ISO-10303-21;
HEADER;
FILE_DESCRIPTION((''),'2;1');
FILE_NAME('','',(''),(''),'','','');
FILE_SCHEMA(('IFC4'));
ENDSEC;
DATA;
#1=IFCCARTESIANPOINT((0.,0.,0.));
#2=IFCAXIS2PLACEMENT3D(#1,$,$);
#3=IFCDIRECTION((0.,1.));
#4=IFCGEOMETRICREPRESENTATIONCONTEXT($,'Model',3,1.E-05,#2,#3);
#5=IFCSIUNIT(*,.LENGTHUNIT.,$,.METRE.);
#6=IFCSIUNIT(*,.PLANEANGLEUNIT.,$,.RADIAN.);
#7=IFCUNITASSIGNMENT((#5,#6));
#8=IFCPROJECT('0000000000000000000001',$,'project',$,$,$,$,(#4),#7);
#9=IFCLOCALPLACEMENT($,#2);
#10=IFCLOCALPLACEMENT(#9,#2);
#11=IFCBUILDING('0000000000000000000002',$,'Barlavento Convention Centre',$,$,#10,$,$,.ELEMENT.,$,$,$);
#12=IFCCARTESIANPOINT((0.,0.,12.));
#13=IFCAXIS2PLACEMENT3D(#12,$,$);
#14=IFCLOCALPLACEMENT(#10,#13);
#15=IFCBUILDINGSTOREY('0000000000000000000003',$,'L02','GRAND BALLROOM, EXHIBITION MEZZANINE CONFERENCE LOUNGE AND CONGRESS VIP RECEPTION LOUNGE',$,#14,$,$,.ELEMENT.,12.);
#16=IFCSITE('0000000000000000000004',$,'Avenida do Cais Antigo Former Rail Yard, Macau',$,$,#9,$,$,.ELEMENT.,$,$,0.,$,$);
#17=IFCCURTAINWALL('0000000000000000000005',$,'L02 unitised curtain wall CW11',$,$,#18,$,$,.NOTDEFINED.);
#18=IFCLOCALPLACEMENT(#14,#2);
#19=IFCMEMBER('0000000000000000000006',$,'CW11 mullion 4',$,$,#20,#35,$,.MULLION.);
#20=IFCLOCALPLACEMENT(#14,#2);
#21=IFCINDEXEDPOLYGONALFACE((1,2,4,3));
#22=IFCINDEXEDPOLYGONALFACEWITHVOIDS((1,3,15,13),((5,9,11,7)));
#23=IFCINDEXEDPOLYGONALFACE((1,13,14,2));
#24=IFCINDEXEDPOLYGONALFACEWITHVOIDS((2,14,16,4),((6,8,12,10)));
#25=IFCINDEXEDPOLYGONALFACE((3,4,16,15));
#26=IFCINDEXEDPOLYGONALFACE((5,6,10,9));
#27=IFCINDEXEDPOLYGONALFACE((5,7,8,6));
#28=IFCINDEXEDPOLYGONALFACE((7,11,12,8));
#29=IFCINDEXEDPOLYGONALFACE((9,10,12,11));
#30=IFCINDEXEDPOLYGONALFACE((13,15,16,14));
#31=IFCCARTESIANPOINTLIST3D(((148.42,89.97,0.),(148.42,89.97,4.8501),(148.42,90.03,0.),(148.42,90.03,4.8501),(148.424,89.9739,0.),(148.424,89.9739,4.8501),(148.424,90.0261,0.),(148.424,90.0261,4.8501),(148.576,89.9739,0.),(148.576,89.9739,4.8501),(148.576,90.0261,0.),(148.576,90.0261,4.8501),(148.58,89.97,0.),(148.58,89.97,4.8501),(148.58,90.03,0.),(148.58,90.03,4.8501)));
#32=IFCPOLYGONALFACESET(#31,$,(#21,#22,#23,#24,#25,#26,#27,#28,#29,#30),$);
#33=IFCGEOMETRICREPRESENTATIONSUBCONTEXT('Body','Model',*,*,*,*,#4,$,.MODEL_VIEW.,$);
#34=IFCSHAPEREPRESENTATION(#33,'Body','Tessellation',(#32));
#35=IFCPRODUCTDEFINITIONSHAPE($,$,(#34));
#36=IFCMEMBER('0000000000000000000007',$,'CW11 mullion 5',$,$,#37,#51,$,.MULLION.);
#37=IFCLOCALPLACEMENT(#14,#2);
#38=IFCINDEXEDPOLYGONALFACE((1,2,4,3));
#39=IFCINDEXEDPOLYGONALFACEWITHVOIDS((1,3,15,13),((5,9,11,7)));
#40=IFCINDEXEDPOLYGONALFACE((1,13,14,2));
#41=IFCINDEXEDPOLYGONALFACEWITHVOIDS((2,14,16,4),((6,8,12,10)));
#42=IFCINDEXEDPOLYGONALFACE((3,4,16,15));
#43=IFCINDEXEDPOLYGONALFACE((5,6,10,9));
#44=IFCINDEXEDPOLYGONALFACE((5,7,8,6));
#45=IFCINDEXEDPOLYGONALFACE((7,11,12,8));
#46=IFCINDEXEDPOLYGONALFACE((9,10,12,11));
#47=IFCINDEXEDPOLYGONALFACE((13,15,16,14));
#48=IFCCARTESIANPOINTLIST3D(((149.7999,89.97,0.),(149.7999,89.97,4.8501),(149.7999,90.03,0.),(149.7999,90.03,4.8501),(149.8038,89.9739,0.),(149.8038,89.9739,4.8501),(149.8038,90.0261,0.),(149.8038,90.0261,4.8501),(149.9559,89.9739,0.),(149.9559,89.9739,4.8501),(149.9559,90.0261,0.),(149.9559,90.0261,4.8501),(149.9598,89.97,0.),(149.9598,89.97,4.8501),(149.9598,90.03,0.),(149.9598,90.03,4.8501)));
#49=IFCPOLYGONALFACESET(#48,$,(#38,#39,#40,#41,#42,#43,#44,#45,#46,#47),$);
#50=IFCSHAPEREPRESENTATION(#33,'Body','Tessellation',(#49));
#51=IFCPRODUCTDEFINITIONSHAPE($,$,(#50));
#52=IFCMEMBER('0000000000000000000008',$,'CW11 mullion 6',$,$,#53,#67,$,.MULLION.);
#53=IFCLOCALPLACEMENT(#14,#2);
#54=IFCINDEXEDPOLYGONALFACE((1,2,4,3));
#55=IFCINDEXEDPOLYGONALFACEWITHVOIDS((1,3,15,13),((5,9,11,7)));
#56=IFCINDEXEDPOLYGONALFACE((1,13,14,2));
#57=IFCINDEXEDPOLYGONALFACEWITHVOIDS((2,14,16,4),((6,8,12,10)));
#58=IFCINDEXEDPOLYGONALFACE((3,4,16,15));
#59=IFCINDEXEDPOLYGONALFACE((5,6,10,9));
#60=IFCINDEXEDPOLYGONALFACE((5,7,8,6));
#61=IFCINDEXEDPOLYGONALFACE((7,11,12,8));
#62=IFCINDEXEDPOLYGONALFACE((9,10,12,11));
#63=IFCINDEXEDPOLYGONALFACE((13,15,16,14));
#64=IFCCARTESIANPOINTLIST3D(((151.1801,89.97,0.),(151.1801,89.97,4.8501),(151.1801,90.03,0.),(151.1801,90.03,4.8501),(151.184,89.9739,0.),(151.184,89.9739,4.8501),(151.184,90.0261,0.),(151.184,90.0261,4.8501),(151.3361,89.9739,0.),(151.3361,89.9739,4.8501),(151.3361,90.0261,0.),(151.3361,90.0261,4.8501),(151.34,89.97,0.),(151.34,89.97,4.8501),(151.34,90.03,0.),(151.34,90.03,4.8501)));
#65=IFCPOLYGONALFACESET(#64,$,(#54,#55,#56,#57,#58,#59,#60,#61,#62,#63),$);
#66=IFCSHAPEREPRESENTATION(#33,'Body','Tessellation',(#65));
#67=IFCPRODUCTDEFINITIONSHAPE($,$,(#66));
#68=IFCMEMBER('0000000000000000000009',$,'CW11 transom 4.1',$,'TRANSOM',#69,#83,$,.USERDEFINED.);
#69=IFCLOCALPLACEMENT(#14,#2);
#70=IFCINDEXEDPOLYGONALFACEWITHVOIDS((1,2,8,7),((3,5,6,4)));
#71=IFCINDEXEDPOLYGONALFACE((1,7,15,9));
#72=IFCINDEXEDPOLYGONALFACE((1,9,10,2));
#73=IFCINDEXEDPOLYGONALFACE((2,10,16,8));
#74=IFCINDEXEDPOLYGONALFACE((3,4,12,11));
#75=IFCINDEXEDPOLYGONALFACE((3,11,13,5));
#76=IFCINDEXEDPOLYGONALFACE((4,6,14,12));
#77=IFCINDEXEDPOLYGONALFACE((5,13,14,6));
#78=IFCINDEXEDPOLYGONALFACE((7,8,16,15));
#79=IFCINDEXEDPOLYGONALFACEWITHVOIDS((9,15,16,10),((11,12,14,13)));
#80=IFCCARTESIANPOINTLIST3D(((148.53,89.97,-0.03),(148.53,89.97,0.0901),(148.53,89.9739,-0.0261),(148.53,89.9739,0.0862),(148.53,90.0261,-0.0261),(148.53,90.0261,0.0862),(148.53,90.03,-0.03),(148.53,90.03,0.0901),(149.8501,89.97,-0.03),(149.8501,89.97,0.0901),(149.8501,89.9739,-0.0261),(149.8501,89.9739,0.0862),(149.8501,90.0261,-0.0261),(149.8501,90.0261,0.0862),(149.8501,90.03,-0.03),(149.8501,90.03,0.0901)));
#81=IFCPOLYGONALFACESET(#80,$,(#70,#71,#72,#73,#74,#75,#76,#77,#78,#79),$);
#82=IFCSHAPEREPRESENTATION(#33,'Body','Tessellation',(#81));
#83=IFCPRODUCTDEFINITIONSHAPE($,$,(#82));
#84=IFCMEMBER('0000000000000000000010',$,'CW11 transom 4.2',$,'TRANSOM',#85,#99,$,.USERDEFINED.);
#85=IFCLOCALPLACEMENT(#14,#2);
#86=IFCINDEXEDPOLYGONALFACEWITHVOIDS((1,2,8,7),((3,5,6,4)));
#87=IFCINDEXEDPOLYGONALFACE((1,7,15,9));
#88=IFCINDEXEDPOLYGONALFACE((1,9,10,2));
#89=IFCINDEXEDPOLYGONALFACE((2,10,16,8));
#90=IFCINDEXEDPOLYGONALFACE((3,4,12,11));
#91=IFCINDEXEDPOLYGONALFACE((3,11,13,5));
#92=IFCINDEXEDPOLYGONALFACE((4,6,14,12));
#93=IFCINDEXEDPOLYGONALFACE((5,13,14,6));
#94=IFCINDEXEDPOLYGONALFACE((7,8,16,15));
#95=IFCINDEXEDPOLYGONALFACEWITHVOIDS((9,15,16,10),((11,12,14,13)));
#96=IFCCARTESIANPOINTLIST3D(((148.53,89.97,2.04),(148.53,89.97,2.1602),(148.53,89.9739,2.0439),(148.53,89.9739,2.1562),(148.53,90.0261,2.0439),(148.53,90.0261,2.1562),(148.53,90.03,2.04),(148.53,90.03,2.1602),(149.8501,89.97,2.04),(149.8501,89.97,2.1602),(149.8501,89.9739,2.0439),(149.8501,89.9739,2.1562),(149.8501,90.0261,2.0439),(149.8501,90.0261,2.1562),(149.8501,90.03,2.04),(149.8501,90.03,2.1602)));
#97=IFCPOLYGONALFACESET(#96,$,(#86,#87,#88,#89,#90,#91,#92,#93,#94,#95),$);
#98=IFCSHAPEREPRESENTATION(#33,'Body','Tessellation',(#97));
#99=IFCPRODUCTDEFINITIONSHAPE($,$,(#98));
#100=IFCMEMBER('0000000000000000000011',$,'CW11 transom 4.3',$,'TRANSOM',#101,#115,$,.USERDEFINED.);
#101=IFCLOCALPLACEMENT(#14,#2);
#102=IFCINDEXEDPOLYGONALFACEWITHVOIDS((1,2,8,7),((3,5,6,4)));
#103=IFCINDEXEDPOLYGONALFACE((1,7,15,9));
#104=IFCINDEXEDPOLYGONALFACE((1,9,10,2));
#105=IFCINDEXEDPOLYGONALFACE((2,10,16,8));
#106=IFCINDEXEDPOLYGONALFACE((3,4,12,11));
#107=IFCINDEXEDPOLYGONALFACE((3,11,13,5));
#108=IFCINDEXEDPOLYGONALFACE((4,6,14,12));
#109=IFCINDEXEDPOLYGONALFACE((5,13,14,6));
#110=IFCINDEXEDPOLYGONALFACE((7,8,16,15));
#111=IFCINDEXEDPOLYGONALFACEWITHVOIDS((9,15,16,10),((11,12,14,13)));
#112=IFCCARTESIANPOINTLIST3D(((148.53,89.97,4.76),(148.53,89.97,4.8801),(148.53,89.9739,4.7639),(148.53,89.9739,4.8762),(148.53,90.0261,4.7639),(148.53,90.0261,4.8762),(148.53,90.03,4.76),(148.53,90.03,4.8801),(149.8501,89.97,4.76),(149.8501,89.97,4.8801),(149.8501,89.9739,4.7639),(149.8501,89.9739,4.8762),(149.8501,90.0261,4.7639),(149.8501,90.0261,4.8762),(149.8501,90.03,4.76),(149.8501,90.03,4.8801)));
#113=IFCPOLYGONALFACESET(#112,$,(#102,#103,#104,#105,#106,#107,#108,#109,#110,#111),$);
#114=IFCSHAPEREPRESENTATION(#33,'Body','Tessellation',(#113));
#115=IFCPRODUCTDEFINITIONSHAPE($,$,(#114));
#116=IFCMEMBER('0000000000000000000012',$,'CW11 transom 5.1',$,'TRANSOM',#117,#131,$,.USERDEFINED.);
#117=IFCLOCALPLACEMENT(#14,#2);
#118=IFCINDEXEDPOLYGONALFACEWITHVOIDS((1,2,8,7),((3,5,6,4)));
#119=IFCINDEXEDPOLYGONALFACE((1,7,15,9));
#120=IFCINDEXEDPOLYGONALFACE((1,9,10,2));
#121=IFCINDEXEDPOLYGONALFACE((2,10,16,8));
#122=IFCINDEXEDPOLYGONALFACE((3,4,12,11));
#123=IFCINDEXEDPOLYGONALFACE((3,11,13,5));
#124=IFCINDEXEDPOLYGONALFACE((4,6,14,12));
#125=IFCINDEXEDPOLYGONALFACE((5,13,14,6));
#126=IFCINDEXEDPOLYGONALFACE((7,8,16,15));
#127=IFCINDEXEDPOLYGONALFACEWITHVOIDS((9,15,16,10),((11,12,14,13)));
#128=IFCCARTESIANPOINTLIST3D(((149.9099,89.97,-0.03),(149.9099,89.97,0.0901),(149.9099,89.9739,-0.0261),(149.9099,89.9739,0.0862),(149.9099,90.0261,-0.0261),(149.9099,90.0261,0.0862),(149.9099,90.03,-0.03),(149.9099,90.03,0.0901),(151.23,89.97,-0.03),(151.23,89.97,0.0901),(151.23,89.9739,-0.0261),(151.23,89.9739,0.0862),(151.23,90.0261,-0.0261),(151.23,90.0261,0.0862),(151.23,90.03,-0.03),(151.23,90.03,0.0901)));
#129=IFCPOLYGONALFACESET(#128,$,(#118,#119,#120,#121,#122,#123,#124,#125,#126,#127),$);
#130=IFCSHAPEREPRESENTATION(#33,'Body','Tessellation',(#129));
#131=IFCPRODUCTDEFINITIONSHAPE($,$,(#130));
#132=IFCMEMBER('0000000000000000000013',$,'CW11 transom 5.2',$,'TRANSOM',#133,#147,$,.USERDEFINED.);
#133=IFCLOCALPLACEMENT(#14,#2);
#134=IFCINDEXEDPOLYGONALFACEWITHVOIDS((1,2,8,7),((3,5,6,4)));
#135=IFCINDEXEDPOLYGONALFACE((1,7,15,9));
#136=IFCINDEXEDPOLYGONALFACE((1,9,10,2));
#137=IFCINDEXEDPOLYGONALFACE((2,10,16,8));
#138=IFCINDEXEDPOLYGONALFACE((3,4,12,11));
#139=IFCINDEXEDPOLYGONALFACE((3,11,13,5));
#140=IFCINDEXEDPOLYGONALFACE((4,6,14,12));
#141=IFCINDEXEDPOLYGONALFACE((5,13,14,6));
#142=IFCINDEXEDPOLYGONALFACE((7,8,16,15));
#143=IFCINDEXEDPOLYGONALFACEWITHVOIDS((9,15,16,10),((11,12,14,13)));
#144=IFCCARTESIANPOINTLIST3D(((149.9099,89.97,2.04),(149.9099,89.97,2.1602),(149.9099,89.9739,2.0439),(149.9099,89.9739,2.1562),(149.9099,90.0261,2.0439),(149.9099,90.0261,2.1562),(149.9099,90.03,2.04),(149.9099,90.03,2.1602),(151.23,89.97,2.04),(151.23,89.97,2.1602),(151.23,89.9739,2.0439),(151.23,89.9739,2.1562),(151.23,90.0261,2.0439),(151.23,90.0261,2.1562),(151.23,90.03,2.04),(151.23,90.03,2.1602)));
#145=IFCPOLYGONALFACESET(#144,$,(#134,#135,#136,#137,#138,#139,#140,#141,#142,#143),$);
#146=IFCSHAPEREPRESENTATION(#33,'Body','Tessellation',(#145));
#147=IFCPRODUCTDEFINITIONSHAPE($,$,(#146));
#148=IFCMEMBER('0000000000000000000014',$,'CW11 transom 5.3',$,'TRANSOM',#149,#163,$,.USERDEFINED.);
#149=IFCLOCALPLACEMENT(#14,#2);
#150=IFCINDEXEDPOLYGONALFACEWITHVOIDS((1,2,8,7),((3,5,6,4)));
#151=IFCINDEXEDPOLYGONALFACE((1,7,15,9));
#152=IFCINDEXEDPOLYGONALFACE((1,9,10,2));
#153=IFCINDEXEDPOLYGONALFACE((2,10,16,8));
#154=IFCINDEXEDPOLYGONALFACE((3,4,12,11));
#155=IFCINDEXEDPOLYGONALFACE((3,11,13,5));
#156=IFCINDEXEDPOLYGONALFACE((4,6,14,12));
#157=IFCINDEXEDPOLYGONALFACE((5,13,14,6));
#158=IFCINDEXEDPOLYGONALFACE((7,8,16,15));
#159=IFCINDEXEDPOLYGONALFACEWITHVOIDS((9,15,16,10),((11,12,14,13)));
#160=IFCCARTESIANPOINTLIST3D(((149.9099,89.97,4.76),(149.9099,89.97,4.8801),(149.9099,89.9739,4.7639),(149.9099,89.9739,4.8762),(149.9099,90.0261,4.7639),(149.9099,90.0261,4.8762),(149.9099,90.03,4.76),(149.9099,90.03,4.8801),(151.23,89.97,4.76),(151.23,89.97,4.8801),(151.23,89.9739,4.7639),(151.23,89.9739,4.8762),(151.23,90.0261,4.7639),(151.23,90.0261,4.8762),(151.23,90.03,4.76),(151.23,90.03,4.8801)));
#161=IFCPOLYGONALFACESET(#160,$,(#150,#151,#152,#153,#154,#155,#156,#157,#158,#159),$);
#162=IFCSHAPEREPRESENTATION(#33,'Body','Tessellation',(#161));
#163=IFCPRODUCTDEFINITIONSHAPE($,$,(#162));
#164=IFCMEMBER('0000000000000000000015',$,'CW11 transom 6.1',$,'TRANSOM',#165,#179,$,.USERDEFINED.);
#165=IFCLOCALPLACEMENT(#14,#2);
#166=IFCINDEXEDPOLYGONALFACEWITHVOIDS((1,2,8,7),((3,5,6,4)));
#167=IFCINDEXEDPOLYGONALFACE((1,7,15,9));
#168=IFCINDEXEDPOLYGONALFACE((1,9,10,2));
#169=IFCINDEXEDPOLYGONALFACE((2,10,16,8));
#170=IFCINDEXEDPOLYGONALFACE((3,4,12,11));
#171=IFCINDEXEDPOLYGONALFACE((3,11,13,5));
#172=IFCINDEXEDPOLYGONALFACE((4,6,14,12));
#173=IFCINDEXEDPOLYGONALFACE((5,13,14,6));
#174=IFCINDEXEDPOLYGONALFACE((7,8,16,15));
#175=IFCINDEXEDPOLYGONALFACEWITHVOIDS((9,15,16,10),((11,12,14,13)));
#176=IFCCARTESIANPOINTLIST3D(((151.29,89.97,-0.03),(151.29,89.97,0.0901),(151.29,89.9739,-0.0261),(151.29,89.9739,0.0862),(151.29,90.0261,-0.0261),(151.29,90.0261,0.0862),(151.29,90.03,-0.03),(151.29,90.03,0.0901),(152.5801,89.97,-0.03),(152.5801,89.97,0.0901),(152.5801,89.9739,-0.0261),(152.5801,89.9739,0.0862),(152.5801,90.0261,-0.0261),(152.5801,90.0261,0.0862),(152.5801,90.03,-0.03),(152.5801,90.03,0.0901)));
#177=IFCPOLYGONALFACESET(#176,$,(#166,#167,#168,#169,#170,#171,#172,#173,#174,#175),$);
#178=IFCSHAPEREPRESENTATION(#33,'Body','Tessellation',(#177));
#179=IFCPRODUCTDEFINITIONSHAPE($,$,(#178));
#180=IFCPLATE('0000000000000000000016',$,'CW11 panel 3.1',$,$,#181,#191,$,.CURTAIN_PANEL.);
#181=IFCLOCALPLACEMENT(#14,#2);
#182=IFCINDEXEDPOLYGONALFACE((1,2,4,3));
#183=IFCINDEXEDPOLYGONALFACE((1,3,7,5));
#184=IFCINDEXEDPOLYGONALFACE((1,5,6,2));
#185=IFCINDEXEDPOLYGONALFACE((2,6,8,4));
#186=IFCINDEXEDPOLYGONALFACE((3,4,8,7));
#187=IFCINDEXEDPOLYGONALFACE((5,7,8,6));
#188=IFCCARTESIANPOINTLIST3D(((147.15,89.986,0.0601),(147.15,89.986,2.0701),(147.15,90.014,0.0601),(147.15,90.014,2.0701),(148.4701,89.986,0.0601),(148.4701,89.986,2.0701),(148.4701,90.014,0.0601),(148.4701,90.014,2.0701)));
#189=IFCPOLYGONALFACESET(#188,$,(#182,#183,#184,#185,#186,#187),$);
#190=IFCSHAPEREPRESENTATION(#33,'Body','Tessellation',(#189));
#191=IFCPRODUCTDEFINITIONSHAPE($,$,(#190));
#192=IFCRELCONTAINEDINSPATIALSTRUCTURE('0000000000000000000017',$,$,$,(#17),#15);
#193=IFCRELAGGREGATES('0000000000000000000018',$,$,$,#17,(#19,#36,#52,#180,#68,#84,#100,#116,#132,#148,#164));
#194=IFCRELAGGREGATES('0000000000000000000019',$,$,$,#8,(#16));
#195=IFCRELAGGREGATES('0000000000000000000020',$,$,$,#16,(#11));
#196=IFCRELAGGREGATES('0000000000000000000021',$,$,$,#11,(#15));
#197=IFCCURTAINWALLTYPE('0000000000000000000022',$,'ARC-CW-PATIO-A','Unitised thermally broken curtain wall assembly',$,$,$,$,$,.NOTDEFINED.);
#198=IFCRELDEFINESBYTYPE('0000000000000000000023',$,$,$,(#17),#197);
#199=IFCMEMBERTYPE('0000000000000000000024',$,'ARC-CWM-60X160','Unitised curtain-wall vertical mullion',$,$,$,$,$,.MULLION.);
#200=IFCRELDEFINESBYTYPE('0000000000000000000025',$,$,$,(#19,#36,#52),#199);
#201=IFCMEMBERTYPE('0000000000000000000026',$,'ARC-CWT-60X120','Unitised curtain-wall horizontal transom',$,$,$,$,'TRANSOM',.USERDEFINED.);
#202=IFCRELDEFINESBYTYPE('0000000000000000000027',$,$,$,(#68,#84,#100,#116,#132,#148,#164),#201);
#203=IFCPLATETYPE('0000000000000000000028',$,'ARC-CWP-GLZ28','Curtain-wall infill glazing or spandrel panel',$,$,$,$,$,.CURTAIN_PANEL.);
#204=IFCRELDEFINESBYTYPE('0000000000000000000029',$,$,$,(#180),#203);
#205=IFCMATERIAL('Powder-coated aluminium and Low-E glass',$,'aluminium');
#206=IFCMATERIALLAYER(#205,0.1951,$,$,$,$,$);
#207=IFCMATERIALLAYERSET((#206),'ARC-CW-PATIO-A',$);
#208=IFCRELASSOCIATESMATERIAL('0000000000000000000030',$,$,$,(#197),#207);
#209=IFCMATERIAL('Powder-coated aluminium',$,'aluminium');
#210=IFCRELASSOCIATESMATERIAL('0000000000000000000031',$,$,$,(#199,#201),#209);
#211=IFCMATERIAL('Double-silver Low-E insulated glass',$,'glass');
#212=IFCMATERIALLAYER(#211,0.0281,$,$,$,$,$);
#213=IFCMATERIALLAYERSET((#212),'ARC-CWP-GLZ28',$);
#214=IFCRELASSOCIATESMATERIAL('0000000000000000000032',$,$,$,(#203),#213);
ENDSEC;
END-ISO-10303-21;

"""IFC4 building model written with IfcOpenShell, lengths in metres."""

from ifc_helpers import new_model, si_unit, direction, frame, origin, origin_2d, place, context, subcontext, project, spatial, rectangle, hollow_rectangle, extrude, material, layer, layer_set, material_profile, profile_set, type_object, element, aggregate, save


model = new_model("IFC4")

# Units and contexts
model_context = context("Model", 3, precision=1e-05, world=origin(), true_north=direction((0.0, 1.0)))
body_context = subcontext(model_context, "Body", "Model", "MODEL_VIEW")
ifc_project = project(units=[si_unit("LENGTHUNIT", "METRE"), si_unit("PLANEANGLEUNIT", "RADIAN")], contexts=[model_context])

# Site, building, storey
site_placement = place(None, origin())
site = spatial("IfcSite", under=ifc_project, at=site_placement, Name="Avenida do Cais Antigo Former Rail Yard, Macau", CompositionType="ELEMENT", RefElevation=0.0)
building_placement = place(site_placement, origin())
building = spatial("IfcBuilding", under=site, at=building_placement, Name="Barlavento Convention Centre", CompositionType="ELEMENT")
storey_placement = place(building_placement, frame((0.0, 0.0, 12.0)))
storey = spatial("IfcBuildingStorey", under=building, at=storey_placement, Name="L02", Description="GRAND BALLROOM, EXHIBITION MEZZANINE CONFERENCE LOUNGE AND CONGRESS VIP RECEPTION LOUNGE", CompositionType="ELEMENT", Elevation=12.0)

# Curtain wall, members, plate
ifc_material_1 = material(Name="Powder-coated aluminium and Low-E glass", Category="aluminium")
ifc_layer_1 = layer(ifc_material_1, 0.1951)
ifc_layer_set_1 = layer_set([ifc_layer_1], Name="ARC-CW-PATIO-A")
curtain_wall_type = type_object("IfcCurtainWallType", Name="ARC-CW-PATIO-A", Description="Unitised thermally broken curtain wall assembly", PredefinedType="NOTDEFINED", material=ifc_layer_set_1)
curtain_wall_placement = place(storey_placement, origin())
curtain_wall = element("IfcCurtainWall", 1, at=curtain_wall_placement, inside=storey, type_object=curtain_wall_type, Name="L02 unitised curtain wall CW11", PredefinedType="NOTDEFINED")
ifc_material_2 = material(Name="Powder-coated aluminium", Category="aluminium")
ifc_material_profile_1 = material_profile(ifc_material_2, hollow_rectangle(XDim=0.0601, YDim=0.1599, WallThickness=0.0039, at=origin_2d()), Name="AL-MULL 60x160x4")
ifc_profile_set_1 = profile_set([ifc_material_profile_1], Name="Powder-coated aluminium")
member_type_1 = type_object("IfcMemberType", Name="ARC-CWM-60X160", Description="Unitised curtain-wall vertical mullion", PredefinedType="MULLION", material=ifc_profile_set_1)
member_1_placement = place(storey_placement, frame((148.5, 90.0, 0.0), z_axis=(0.0, 0.0, 1.0), x_axis=(0.0, 1.0, 0.0)))
member_1 = element("IfcMember", 2, at=member_1_placement, type_object=member_type_1, Name="CW11 mullion 4", PredefinedType="MULLION", context=body_context, shape_type="SweptSolid", body=[
    extrude(hollow_rectangle(XDim=0.0601, YDim=0.1599, WallThickness=0.0039, at=origin_2d()), origin(), (0.0, 0.0, 1.0), 4.8501),
])
member_2_placement = place(storey_placement, frame((149.8799, 90.0, 0.0), z_axis=(0.0, 0.0, 1.0), x_axis=(0.0, 1.0, 0.0)))
member_2 = element("IfcMember", 3, at=member_2_placement, type_object=member_type_1, Name="CW11 mullion 5", PredefinedType="MULLION", context=body_context, shape_type="SweptSolid", body=[
    extrude(hollow_rectangle(XDim=0.0601, YDim=0.1599, WallThickness=0.0039, at=origin_2d()), origin(), (0.0, 0.0, 1.0), 4.8501),
])
member_3_placement = place(storey_placement, frame((151.26, 90.0, 0.0), z_axis=(0.0, 0.0, 1.0), x_axis=(0.0, 1.0, 0.0)))
member_3 = element("IfcMember", 4, at=member_3_placement, type_object=member_type_1, Name="CW11 mullion 6", PredefinedType="MULLION", context=body_context, shape_type="SweptSolid", body=[
    extrude(hollow_rectangle(XDim=0.0601, YDim=0.1599, WallThickness=0.0039, at=origin_2d()), origin(), (0.0, 0.0, 1.0), 4.8501),
])
ifc_material_profile_2 = material_profile(ifc_material_2, hollow_rectangle(XDim=0.0601, YDim=0.1201, WallThickness=0.0039, at=origin_2d()), Name="AL-TRAN 60x120x4")
ifc_profile_set_2 = profile_set([ifc_material_profile_2], Name="Powder-coated aluminium")
member_type_2 = type_object("IfcMemberType", Name="ARC-CWT-60X120", Description="Unitised curtain-wall horizontal transom", ElementType="TRANSOM", PredefinedType="USERDEFINED", material=ifc_profile_set_2)
member_4_placement = place(storey_placement, frame((148.53, 90.0, 0.03), z_axis=(1.0, 0.0, 0.0), x_axis=(0.0, 1.0, 0.0)))
member_4 = element("IfcMember", 5, at=member_4_placement, type_object=member_type_2, Name="CW11 transom 4.1", ObjectType="TRANSOM", PredefinedType="USERDEFINED", context=body_context, shape_type="SweptSolid", body=[
    extrude(hollow_rectangle(XDim=0.0601, YDim=0.1201, WallThickness=0.0039, at=origin_2d()), origin(), (0.0, 0.0, 1.0), 1.3201),
])
member_5_placement = place(storey_placement, frame((148.53, 90.0, 2.1001), z_axis=(1.0, 0.0, 0.0), x_axis=(0.0, 1.0, 0.0)))
member_5 = element("IfcMember", 6, at=member_5_placement, type_object=member_type_2, Name="CW11 transom 4.2", ObjectType="TRANSOM", PredefinedType="USERDEFINED", context=body_context, shape_type="SweptSolid", body=[
    extrude(hollow_rectangle(XDim=0.0601, YDim=0.1201, WallThickness=0.0039, at=origin_2d()), origin(), (0.0, 0.0, 1.0), 1.3201),
])
member_6_placement = place(storey_placement, frame((148.53, 90.0, 4.8201), z_axis=(1.0, 0.0, 0.0), x_axis=(0.0, 1.0, 0.0)))
member_6 = element("IfcMember", 7, at=member_6_placement, type_object=member_type_2, Name="CW11 transom 4.3", ObjectType="TRANSOM", PredefinedType="USERDEFINED", context=body_context, shape_type="SweptSolid", body=[
    extrude(hollow_rectangle(XDim=0.0601, YDim=0.1201, WallThickness=0.0039, at=origin_2d()), origin(), (0.0, 0.0, 1.0), 1.3201),
])
member_7_placement = place(storey_placement, frame((149.9099, 90.0, 0.03), z_axis=(1.0, 0.0, 0.0), x_axis=(0.0, 1.0, 0.0)))
member_7 = element("IfcMember", 8, at=member_7_placement, type_object=member_type_2, Name="CW11 transom 5.1", ObjectType="TRANSOM", PredefinedType="USERDEFINED", context=body_context, shape_type="SweptSolid", body=[
    extrude(hollow_rectangle(XDim=0.0601, YDim=0.1201, WallThickness=0.0039, at=origin_2d()), origin(), (0.0, 0.0, 1.0), 1.3201),
])
member_8_placement = place(storey_placement, frame((149.9099, 90.0, 2.1001), z_axis=(1.0, 0.0, 0.0), x_axis=(0.0, 1.0, 0.0)))
member_8 = element("IfcMember", 9, at=member_8_placement, type_object=member_type_2, Name="CW11 transom 5.2", ObjectType="TRANSOM", PredefinedType="USERDEFINED", context=body_context, shape_type="SweptSolid", body=[
    extrude(hollow_rectangle(XDim=0.0601, YDim=0.1201, WallThickness=0.0039, at=origin_2d()), origin(), (0.0, 0.0, 1.0), 1.3201),
])
member_9_placement = place(storey_placement, frame((149.9099, 90.0, 4.8201), z_axis=(1.0, 0.0, 0.0), x_axis=(0.0, 1.0, 0.0)))
member_9 = element("IfcMember", 10, at=member_9_placement, type_object=member_type_2, Name="CW11 transom 5.3", ObjectType="TRANSOM", PredefinedType="USERDEFINED", context=body_context, shape_type="SweptSolid", body=[
    extrude(hollow_rectangle(XDim=0.0601, YDim=0.1201, WallThickness=0.0039, at=origin_2d()), origin(), (0.0, 0.0, 1.0), 1.3201),
])
member_10_placement = place(storey_placement, frame((151.29, 90.0, 0.03), z_axis=(1.0, 0.0, 0.0), x_axis=(0.0, 1.0, 0.0)))
member_10 = element("IfcMember", 11, at=member_10_placement, type_object=member_type_2, Name="CW11 transom 6.1", ObjectType="TRANSOM", PredefinedType="USERDEFINED", context=body_context, shape_type="SweptSolid", body=[
    extrude(hollow_rectangle(XDim=0.0601, YDim=0.1201, WallThickness=0.0039, at=origin_2d()), origin(), (0.0, 0.0, 1.0), 1.29),
])
ifc_material_3 = material(Name="Double-silver Low-E insulated glass", Category="glass")
ifc_layer_2 = layer(ifc_material_3, 0.0281)
ifc_layer_set_2 = layer_set([ifc_layer_2], Name="ARC-CWP-GLZ28")
plate_type = type_object("IfcPlateType", Name="ARC-CWP-GLZ28", Description="Curtain-wall infill glazing or spandrel panel", PredefinedType="CURTAIN_PANEL", material=ifc_layer_set_2)
plate_1_placement = place(storey_placement, frame((147.8101, 90.0, 0.0601), z_axis=(0.0, 0.0, 1.0), x_axis=(1.0, 0.0, 0.0)))
plate_1 = element("IfcPlate", 12, at=plate_1_placement, type_object=plate_type, Name="CW11 panel 3.1", PredefinedType="CURTAIN_PANEL", context=body_context, shape_type="SweptSolid", body=[
    extrude(rectangle(XDim=1.3201, YDim=0.0281, at=origin_2d()), origin(), (0.0, 0.0, 1.0), 2.01),
])
aggregate(curtain_wall, [member_1, member_2, member_3, plate_1, member_4, member_5, member_6, member_7, member_8, member_9, member_10])

save(model, "model.ifc")
